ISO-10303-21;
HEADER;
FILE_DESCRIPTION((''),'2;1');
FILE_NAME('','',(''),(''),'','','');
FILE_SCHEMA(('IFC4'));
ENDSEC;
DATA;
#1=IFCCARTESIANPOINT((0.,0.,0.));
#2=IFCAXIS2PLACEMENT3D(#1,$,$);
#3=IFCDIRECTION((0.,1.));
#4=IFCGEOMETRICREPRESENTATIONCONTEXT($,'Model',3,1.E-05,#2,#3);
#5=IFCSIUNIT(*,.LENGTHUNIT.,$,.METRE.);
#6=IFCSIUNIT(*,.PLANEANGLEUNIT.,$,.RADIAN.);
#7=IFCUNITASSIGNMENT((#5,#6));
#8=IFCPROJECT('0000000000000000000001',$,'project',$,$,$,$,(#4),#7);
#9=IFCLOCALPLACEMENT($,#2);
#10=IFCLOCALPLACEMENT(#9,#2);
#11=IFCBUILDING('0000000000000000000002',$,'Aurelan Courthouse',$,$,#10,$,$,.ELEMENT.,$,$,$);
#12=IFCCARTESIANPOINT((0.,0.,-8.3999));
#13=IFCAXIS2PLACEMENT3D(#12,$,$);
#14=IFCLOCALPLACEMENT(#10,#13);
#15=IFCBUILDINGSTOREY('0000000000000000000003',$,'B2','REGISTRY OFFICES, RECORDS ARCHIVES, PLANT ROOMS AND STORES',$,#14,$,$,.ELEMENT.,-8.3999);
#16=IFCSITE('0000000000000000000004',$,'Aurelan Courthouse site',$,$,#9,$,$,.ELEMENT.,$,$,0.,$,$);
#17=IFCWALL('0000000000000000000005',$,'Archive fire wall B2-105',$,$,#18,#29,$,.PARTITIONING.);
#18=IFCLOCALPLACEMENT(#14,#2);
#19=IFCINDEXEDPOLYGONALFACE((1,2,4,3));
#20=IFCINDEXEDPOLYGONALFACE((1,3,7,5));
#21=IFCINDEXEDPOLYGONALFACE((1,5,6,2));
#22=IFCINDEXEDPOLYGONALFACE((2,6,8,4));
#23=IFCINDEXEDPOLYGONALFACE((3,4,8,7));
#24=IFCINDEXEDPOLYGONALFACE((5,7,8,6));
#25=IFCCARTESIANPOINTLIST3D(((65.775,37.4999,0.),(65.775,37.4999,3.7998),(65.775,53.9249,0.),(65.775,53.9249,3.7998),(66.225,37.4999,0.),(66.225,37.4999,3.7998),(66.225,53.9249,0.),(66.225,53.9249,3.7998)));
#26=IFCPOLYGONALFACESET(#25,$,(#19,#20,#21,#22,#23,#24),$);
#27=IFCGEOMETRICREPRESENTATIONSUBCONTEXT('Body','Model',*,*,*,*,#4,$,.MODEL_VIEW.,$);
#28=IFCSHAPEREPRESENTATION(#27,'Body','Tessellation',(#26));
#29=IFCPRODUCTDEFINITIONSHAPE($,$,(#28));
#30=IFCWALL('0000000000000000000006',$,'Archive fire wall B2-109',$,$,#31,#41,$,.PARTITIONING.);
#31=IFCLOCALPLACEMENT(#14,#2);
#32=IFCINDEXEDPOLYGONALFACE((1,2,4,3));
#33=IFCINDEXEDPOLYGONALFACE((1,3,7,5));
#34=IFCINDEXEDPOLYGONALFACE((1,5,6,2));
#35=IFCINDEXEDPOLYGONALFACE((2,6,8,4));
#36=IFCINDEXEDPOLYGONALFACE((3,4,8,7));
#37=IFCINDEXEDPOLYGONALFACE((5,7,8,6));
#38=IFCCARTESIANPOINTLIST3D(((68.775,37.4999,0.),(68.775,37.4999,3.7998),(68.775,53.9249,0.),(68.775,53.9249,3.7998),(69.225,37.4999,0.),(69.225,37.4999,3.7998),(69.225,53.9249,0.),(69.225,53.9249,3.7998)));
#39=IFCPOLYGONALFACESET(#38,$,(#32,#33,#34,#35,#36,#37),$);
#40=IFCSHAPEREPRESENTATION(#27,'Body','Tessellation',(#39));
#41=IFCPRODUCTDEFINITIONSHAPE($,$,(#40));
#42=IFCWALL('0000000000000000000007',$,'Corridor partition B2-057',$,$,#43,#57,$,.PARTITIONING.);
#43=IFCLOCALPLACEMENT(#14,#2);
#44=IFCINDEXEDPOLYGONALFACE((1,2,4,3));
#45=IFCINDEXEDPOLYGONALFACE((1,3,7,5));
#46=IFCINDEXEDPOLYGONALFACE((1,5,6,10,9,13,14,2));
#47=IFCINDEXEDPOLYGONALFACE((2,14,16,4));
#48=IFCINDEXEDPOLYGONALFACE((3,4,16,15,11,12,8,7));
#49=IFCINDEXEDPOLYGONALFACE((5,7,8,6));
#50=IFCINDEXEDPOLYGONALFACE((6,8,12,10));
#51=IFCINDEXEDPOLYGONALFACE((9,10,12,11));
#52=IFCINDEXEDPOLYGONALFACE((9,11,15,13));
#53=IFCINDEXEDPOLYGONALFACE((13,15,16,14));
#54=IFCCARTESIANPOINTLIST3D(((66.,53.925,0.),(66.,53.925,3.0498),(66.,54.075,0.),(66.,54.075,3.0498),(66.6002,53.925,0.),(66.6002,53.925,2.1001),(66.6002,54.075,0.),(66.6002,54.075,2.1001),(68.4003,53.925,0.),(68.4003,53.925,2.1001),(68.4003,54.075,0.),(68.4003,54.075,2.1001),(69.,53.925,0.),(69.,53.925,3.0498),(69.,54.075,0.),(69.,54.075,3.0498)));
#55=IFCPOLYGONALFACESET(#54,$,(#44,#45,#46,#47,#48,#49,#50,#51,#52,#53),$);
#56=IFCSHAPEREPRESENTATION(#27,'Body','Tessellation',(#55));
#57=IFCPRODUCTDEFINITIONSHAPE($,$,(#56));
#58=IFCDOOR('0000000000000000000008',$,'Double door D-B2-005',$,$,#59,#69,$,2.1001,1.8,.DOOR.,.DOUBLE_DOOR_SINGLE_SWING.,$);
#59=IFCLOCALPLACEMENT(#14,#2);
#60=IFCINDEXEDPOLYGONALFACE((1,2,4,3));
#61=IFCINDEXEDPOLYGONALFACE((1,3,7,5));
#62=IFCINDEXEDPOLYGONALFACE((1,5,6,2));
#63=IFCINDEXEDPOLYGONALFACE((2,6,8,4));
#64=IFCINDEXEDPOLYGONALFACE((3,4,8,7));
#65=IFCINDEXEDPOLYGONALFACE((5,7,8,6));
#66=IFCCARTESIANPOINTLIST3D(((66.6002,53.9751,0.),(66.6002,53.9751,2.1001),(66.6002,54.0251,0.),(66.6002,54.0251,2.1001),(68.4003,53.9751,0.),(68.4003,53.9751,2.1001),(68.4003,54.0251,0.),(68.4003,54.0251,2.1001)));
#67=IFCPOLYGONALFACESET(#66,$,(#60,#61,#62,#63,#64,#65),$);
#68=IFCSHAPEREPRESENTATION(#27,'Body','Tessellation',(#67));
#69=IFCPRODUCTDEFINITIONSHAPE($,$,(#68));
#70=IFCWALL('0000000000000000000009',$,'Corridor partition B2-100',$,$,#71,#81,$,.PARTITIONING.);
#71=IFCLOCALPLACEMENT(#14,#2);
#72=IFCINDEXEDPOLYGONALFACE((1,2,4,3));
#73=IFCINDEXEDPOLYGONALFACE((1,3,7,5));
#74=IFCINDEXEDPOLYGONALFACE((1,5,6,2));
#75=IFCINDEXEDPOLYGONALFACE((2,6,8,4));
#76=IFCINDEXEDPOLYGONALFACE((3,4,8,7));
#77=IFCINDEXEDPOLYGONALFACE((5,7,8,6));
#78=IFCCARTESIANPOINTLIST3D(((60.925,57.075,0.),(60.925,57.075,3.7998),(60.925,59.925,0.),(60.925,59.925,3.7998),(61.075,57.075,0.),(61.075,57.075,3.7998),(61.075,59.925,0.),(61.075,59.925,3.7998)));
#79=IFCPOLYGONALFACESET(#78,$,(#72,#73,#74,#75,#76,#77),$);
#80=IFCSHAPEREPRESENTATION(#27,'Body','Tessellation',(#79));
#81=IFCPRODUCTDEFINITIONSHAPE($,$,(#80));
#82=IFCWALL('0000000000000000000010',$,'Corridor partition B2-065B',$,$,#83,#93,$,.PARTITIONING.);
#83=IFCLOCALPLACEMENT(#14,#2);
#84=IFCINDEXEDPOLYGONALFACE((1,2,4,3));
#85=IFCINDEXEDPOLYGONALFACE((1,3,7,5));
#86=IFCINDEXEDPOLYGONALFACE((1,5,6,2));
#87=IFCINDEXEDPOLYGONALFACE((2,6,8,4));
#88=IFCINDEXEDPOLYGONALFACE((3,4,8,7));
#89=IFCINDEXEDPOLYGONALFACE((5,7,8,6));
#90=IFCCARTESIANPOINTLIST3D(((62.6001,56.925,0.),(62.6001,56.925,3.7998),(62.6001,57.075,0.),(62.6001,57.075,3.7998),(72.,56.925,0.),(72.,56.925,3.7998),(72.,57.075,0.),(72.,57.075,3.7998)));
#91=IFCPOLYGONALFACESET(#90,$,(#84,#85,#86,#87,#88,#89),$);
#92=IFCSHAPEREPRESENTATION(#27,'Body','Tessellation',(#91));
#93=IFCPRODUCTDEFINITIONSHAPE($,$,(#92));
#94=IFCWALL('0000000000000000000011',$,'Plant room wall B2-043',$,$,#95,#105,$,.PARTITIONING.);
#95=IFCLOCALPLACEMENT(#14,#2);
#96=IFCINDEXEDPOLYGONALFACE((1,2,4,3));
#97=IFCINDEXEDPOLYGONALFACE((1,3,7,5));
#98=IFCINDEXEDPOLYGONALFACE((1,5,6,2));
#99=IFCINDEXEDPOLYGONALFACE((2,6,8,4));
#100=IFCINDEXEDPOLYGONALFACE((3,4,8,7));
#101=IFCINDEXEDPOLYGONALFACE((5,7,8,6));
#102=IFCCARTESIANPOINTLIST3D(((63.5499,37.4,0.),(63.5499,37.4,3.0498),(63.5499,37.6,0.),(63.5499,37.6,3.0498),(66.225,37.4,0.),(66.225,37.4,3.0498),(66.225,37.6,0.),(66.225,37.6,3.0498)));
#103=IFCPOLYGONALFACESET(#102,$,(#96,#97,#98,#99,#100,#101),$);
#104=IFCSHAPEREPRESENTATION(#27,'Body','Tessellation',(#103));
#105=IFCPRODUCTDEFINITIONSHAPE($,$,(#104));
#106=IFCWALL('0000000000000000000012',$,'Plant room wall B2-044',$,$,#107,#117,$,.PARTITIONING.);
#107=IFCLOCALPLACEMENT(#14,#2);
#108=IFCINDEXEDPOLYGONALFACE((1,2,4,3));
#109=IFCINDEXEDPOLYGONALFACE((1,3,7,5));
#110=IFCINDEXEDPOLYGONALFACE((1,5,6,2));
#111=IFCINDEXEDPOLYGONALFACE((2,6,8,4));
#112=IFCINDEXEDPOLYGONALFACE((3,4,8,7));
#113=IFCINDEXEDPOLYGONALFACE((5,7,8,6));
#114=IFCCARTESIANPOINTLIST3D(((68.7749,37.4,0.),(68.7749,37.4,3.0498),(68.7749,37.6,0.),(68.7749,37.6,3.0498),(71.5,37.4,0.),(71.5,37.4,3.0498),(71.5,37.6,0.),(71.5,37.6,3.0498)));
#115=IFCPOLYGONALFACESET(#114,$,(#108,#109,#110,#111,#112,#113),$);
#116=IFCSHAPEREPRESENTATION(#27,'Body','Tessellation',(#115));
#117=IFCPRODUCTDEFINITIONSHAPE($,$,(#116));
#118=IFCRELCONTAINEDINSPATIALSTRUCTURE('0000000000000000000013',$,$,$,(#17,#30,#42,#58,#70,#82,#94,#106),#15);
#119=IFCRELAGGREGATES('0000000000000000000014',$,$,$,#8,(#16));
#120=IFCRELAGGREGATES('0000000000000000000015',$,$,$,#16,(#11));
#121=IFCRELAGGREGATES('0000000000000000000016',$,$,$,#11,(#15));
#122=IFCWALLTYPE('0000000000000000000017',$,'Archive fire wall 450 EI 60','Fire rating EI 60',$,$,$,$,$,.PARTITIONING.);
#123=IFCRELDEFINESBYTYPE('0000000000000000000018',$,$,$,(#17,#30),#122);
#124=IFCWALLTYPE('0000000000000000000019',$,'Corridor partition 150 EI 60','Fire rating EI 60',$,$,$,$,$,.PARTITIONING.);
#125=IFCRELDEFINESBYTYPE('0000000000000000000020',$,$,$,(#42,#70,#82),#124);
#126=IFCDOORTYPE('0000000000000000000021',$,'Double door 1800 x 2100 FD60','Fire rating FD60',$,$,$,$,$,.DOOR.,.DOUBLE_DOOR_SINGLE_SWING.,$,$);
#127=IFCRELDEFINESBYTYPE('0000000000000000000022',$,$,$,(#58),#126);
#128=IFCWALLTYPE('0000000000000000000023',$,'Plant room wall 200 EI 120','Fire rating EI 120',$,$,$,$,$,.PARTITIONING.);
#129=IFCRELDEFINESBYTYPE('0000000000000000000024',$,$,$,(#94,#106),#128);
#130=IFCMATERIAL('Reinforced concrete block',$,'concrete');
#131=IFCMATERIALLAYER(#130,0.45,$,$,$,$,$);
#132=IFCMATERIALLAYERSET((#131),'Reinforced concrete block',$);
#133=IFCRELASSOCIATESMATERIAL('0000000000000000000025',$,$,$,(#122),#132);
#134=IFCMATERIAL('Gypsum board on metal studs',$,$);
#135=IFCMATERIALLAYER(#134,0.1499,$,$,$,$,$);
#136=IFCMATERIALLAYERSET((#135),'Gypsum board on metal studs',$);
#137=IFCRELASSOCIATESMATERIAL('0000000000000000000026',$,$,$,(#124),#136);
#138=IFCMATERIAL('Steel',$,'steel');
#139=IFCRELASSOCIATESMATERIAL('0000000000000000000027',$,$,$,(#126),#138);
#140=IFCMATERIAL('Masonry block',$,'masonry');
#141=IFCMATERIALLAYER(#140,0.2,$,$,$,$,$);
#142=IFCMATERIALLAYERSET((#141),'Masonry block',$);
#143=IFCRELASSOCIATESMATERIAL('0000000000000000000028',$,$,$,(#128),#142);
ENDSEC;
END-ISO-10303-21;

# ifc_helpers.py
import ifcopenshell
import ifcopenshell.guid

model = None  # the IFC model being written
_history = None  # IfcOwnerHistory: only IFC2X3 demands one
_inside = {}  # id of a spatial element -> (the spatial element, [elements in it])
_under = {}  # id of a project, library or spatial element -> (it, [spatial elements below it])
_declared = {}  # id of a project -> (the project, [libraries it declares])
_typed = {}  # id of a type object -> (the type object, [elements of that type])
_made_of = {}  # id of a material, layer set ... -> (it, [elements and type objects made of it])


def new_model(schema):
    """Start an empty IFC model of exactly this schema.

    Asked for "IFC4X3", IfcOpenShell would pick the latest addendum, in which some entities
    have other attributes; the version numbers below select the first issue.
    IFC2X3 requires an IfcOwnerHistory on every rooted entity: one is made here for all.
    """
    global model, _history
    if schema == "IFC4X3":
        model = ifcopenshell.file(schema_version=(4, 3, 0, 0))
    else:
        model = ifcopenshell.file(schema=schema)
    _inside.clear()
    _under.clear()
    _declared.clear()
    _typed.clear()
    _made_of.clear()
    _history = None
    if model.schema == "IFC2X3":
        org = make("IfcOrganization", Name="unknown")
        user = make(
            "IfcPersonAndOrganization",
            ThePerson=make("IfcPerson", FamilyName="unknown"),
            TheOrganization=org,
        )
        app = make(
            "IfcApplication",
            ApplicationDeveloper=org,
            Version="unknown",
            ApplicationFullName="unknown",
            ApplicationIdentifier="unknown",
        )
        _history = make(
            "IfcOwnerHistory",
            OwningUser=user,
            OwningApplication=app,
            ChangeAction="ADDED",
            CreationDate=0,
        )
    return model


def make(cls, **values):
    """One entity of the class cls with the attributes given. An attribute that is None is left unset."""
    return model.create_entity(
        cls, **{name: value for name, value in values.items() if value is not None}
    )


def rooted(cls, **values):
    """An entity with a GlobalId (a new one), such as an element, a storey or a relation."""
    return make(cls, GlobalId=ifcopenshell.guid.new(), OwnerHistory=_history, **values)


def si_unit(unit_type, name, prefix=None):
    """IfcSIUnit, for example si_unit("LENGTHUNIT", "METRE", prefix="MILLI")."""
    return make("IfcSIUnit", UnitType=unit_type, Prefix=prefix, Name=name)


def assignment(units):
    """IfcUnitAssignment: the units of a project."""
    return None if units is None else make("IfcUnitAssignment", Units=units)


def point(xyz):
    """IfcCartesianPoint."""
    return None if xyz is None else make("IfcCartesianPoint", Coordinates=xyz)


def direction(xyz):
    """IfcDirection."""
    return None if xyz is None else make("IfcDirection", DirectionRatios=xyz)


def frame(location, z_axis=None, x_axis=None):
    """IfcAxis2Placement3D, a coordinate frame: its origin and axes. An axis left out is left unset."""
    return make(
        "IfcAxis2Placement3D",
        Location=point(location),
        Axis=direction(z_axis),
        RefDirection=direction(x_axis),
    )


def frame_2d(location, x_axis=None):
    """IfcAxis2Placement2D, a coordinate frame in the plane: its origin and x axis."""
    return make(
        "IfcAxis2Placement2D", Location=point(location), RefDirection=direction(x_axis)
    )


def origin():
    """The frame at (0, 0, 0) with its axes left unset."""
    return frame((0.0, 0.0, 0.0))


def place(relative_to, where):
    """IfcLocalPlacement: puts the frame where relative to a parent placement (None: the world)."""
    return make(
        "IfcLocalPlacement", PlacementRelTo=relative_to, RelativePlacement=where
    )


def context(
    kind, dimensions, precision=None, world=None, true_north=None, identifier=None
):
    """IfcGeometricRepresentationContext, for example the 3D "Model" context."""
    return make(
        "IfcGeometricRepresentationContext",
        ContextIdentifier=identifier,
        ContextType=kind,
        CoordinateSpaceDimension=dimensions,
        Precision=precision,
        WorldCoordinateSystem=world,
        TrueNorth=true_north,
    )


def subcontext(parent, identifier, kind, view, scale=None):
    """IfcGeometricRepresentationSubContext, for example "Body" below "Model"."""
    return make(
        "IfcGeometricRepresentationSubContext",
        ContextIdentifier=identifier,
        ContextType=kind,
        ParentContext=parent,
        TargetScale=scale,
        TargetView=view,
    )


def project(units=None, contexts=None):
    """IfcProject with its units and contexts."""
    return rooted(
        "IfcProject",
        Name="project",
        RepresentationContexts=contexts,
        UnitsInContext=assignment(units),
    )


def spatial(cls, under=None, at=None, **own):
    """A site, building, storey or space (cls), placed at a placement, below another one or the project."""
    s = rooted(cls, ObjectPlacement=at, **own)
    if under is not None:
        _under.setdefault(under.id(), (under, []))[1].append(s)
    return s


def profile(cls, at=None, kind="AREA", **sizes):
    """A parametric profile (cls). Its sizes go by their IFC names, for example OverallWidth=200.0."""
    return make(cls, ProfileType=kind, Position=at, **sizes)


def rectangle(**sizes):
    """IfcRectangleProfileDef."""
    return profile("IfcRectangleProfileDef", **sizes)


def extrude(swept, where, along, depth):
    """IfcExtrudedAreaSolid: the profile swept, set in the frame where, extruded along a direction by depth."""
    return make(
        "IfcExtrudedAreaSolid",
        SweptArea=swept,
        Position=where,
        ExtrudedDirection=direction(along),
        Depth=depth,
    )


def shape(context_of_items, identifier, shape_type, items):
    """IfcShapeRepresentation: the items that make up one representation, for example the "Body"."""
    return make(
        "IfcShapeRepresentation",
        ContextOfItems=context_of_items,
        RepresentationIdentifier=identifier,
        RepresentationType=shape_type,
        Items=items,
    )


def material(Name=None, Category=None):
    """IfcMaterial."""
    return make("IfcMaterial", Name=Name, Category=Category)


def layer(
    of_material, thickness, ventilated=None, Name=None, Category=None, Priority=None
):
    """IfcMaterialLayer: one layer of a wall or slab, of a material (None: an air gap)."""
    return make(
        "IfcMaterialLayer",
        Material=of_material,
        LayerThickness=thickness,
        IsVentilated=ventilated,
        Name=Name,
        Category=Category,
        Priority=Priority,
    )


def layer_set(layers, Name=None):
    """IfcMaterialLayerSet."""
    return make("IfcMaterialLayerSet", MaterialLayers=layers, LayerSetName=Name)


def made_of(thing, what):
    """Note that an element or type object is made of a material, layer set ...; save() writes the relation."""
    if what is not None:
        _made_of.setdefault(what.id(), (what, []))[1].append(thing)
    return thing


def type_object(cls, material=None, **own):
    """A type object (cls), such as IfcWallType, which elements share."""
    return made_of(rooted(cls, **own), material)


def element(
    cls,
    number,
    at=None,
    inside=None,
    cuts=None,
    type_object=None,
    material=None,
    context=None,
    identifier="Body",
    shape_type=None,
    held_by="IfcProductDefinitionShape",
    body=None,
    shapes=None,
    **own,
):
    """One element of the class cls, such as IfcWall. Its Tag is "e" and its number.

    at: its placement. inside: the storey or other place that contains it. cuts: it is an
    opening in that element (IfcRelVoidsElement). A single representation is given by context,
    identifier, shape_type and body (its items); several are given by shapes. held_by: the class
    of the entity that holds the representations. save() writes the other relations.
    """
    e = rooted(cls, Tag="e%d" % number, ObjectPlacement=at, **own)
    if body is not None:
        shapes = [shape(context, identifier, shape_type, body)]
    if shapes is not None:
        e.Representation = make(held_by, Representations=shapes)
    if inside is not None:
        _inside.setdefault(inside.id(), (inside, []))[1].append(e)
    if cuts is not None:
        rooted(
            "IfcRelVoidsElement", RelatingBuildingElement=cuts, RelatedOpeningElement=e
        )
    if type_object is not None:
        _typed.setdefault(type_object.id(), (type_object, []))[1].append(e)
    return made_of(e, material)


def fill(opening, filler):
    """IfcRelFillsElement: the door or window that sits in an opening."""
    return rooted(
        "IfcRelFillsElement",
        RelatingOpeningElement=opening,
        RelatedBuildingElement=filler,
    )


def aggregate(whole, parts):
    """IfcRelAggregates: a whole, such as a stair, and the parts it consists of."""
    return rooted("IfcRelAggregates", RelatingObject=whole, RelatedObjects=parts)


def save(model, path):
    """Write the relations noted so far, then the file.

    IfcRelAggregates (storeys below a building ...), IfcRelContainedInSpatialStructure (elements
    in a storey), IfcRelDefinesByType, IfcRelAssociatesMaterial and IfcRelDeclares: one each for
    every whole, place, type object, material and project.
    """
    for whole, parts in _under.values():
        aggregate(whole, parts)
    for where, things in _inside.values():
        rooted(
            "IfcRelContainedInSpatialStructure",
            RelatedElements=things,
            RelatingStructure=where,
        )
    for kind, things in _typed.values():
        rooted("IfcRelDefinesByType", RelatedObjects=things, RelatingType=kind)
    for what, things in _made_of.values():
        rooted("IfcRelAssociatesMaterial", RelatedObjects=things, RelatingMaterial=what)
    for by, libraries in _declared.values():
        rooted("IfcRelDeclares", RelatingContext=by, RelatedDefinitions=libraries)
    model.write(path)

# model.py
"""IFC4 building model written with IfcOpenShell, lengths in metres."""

from ifc_helpers import new_model, si_unit, direction, frame, frame_2d, origin, place, context, subcontext, project, spatial, rectangle, extrude, material, layer, layer_set, type_object, element, fill, save


model = new_model("IFC4")

# Units and contexts
model_context = context("Model", 3, precision=1e-05, world=origin(), true_north=direction((0.0, 1.0)))
body_context = subcontext(model_context, "Body", "Model", "MODEL_VIEW")
ifc_project = project(units=[si_unit("LENGTHUNIT", "METRE"), si_unit("PLANEANGLEUNIT", "RADIAN")], contexts=[model_context])

# Site, building, storey
site_placement = place(None, origin())
site = spatial("IfcSite", under=ifc_project, at=site_placement, Name="Aurelan Courthouse site", CompositionType="ELEMENT", RefElevation=0.0)
building_placement = place(site_placement, origin())
building = spatial("IfcBuilding", under=site, at=building_placement, Name="Aurelan Courthouse", CompositionType="ELEMENT")
storey_placement = place(building_placement, frame((0.0, 0.0, -8.3999)))
storey = spatial("IfcBuildingStorey", under=building, at=storey_placement, Name="B2", Description="REGISTRY OFFICES, RECORDS ARCHIVES, PLANT ROOMS AND STORES", CompositionType="ELEMENT", Elevation=-8.3999)

# Walls
ifc_material_1 = material(Name="Reinforced concrete block", Category="concrete")
ifc_layer_1 = layer(ifc_material_1, 0.45)
ifc_layer_set_1 = layer_set([ifc_layer_1], Name="Reinforced concrete block")
wall_type_1 = type_object("IfcWallType", Name="Archive fire wall 450 EI 60", Description="Fire rating EI 60", PredefinedType="PARTITIONING", material=ifc_layer_set_1)
for number, where, z_axis, x_axis, name in (
    (1, (66.0, 37.5, 0.0), (0.0, 0.0, 1.0), (0.0, 1.0, 0.0), "Archive fire wall B2-105"),
    (2, (69.0, 37.5, 0.0), (0.0, 0.0, 1.0), (0.0, 1.0, 0.0), "Archive fire wall B2-109"),
):
    element("IfcWall", number, at=place(storey_placement, frame(where, z_axis=z_axis, x_axis=x_axis)), inside=storey, type_object=wall_type_1, Name=name, PredefinedType="PARTITIONING", context=body_context, shape_type="SweptSolid", body=[
        extrude(rectangle(XDim=16.425, YDim=0.45, at=frame_2d((8.2124, 0.0))), origin(), (0.0, 0.0, 1.0), 3.7998),
    ])

# Wall, opening, door
ifc_material_2 = material(Name="Gypsum board on metal studs")
ifc_layer_2 = layer(ifc_material_2, 0.1499)
ifc_layer_set_2 = layer_set([ifc_layer_2], Name="Gypsum board on metal studs")
wall_type_2 = type_object("IfcWallType", Name="Corridor partition 150 EI 60", Description="Fire rating EI 60", PredefinedType="PARTITIONING", material=ifc_layer_set_2)
wall_1_placement = place(storey_placement, frame((66.0, 54.0, 0.0), z_axis=(0.0, 0.0, 1.0), x_axis=(1.0, 0.0, 0.0)))
wall_1 = element("IfcWall", 3, at=wall_1_placement, inside=storey, type_object=wall_type_2, Name="Corridor partition B2-057", PredefinedType="PARTITIONING", context=body_context, shape_type="SweptSolid", body=[
    extrude(rectangle(XDim=3.0, YDim=0.1499, at=frame_2d((1.5, 0.0))), origin(), (0.0, 0.0, 1.0), 3.0498),
])
opening_placement = place(wall_1_placement, frame((2.4001, 0.0, 0.0), z_axis=(0.0, 0.0, 1.0), x_axis=(-1.0, 0.0, 0.0)))
opening = element("IfcOpeningElement", 4, at=opening_placement, cuts=wall_1, PredefinedType="OPENING", context=body_context, shape_type="SweptSolid", body=[
    extrude(rectangle(XDim=1.8, YDim=2.1001, at=frame_2d((0.8999, 1.05))), frame((0.0, 0.085, 0.0), z_axis=(0.0, -1.0, 0.0), x_axis=(1.0, 0.0, 0.0)), (0.0, 0.0, 1.0), 0.1699),
])
ifc_material_3 = material(Name="Steel", Category="steel")
door_type = type_object("IfcDoorType", Name="Double door 1800 x 2100 FD60", Description="Fire rating FD60", OperationType="DOUBLE_DOOR_SINGLE_SWING", PredefinedType="DOOR", material=ifc_material_3)
door_placement = place(opening_placement, origin())
door = element("IfcDoor", 5, at=door_placement, inside=storey, type_object=door_type, Name="Double door D-B2-005", OperationType="DOUBLE_DOOR_SINGLE_SWING", OverallHeight=2.1001, OverallWidth=1.8, PredefinedType="DOOR", context=body_context, shape_type="SweptSolid", body=[
    extrude(rectangle(XDim=1.8, YDim=2.1001, at=frame_2d((0.8999, 1.05))), frame((0.0, 0.0249, 0.0), z_axis=(0.0, -1.0, 0.0), x_axis=(1.0, 0.0, 0.0)), (0.0, 0.0, 1.0), 0.05),
])
fill(opening, door)

# Walls
wall_2_placement = place(storey_placement, frame((61.0, 57.075, 0.0), z_axis=(0.0, 0.0, 1.0), x_axis=(0.0, 1.0, 0.0)))
element("IfcWall", 6, at=wall_2_placement, inside=storey, type_object=wall_type_2, Name="Corridor partition B2-100", PredefinedType="PARTITIONING", context=body_context, shape_type="SweptSolid", body=[
    extrude(rectangle(XDim=2.8501, YDim=0.1499, at=frame_2d((1.425, 0.0))), origin(), (0.0, 0.0, 1.0), 3.7998),
])
wall_3_placement = place(storey_placement, frame((62.6001, 57.0, 0.0), z_axis=(0.0, 0.0, 1.0), x_axis=(1.0, 0.0, 0.0)))
element("IfcWall", 7, at=wall_3_placement, inside=storey, type_object=wall_type_2, Name="Corridor partition B2-065B", PredefinedType="PARTITIONING", context=body_context, shape_type="SweptSolid", body=[
    extrude(rectangle(XDim=9.3999, YDim=0.1499, at=frame_2d((4.7, 0.0))), origin(), (0.0, 0.0, 1.0), 3.7998),
])
ifc_material_4 = material(Name="Masonry block", Category="masonry")
ifc_layer_3 = layer(ifc_material_4, 0.2)
ifc_layer_set_3 = layer_set([ifc_layer_3], Name="Masonry block")
wall_type_3 = type_object("IfcWallType", Name="Plant room wall 200 EI 120", Description="Fire rating EI 120", PredefinedType="PARTITIONING", material=ifc_layer_set_3)
wall_4_placement = place(storey_placement, frame((63.55, 37.5, 0.0), z_axis=(0.0, 0.0, 1.0), x_axis=(1.0, 0.0, 0.0)))
element("IfcWall", 8, at=wall_4_placement, inside=storey, type_object=wall_type_3, Name="Plant room wall B2-043", PredefinedType="PARTITIONING", context=body_context, shape_type="SweptSolid", body=[
    extrude(rectangle(XDim=2.675, YDim=0.2, at=frame_2d((1.3374, 0.0))), origin(), (0.0, 0.0, 1.0), 3.0498),
])
wall_5_placement = place(storey_placement, frame((68.7749, 37.5, 0.0), z_axis=(0.0, 0.0, 1.0), x_axis=(1.0, 0.0, 0.0)))
element("IfcWall", 9, at=wall_5_placement, inside=storey, type_object=wall_type_3, Name="Plant room wall B2-044", PredefinedType="PARTITIONING", context=body_context, shape_type="SweptSolid", body=[
    extrude(rectangle(XDim=2.7251, YDim=0.2, at=frame_2d((1.3625, 0.0))), origin(), (0.0, 0.0, 1.0), 3.0498),
])

save(model, "model.ifc")
